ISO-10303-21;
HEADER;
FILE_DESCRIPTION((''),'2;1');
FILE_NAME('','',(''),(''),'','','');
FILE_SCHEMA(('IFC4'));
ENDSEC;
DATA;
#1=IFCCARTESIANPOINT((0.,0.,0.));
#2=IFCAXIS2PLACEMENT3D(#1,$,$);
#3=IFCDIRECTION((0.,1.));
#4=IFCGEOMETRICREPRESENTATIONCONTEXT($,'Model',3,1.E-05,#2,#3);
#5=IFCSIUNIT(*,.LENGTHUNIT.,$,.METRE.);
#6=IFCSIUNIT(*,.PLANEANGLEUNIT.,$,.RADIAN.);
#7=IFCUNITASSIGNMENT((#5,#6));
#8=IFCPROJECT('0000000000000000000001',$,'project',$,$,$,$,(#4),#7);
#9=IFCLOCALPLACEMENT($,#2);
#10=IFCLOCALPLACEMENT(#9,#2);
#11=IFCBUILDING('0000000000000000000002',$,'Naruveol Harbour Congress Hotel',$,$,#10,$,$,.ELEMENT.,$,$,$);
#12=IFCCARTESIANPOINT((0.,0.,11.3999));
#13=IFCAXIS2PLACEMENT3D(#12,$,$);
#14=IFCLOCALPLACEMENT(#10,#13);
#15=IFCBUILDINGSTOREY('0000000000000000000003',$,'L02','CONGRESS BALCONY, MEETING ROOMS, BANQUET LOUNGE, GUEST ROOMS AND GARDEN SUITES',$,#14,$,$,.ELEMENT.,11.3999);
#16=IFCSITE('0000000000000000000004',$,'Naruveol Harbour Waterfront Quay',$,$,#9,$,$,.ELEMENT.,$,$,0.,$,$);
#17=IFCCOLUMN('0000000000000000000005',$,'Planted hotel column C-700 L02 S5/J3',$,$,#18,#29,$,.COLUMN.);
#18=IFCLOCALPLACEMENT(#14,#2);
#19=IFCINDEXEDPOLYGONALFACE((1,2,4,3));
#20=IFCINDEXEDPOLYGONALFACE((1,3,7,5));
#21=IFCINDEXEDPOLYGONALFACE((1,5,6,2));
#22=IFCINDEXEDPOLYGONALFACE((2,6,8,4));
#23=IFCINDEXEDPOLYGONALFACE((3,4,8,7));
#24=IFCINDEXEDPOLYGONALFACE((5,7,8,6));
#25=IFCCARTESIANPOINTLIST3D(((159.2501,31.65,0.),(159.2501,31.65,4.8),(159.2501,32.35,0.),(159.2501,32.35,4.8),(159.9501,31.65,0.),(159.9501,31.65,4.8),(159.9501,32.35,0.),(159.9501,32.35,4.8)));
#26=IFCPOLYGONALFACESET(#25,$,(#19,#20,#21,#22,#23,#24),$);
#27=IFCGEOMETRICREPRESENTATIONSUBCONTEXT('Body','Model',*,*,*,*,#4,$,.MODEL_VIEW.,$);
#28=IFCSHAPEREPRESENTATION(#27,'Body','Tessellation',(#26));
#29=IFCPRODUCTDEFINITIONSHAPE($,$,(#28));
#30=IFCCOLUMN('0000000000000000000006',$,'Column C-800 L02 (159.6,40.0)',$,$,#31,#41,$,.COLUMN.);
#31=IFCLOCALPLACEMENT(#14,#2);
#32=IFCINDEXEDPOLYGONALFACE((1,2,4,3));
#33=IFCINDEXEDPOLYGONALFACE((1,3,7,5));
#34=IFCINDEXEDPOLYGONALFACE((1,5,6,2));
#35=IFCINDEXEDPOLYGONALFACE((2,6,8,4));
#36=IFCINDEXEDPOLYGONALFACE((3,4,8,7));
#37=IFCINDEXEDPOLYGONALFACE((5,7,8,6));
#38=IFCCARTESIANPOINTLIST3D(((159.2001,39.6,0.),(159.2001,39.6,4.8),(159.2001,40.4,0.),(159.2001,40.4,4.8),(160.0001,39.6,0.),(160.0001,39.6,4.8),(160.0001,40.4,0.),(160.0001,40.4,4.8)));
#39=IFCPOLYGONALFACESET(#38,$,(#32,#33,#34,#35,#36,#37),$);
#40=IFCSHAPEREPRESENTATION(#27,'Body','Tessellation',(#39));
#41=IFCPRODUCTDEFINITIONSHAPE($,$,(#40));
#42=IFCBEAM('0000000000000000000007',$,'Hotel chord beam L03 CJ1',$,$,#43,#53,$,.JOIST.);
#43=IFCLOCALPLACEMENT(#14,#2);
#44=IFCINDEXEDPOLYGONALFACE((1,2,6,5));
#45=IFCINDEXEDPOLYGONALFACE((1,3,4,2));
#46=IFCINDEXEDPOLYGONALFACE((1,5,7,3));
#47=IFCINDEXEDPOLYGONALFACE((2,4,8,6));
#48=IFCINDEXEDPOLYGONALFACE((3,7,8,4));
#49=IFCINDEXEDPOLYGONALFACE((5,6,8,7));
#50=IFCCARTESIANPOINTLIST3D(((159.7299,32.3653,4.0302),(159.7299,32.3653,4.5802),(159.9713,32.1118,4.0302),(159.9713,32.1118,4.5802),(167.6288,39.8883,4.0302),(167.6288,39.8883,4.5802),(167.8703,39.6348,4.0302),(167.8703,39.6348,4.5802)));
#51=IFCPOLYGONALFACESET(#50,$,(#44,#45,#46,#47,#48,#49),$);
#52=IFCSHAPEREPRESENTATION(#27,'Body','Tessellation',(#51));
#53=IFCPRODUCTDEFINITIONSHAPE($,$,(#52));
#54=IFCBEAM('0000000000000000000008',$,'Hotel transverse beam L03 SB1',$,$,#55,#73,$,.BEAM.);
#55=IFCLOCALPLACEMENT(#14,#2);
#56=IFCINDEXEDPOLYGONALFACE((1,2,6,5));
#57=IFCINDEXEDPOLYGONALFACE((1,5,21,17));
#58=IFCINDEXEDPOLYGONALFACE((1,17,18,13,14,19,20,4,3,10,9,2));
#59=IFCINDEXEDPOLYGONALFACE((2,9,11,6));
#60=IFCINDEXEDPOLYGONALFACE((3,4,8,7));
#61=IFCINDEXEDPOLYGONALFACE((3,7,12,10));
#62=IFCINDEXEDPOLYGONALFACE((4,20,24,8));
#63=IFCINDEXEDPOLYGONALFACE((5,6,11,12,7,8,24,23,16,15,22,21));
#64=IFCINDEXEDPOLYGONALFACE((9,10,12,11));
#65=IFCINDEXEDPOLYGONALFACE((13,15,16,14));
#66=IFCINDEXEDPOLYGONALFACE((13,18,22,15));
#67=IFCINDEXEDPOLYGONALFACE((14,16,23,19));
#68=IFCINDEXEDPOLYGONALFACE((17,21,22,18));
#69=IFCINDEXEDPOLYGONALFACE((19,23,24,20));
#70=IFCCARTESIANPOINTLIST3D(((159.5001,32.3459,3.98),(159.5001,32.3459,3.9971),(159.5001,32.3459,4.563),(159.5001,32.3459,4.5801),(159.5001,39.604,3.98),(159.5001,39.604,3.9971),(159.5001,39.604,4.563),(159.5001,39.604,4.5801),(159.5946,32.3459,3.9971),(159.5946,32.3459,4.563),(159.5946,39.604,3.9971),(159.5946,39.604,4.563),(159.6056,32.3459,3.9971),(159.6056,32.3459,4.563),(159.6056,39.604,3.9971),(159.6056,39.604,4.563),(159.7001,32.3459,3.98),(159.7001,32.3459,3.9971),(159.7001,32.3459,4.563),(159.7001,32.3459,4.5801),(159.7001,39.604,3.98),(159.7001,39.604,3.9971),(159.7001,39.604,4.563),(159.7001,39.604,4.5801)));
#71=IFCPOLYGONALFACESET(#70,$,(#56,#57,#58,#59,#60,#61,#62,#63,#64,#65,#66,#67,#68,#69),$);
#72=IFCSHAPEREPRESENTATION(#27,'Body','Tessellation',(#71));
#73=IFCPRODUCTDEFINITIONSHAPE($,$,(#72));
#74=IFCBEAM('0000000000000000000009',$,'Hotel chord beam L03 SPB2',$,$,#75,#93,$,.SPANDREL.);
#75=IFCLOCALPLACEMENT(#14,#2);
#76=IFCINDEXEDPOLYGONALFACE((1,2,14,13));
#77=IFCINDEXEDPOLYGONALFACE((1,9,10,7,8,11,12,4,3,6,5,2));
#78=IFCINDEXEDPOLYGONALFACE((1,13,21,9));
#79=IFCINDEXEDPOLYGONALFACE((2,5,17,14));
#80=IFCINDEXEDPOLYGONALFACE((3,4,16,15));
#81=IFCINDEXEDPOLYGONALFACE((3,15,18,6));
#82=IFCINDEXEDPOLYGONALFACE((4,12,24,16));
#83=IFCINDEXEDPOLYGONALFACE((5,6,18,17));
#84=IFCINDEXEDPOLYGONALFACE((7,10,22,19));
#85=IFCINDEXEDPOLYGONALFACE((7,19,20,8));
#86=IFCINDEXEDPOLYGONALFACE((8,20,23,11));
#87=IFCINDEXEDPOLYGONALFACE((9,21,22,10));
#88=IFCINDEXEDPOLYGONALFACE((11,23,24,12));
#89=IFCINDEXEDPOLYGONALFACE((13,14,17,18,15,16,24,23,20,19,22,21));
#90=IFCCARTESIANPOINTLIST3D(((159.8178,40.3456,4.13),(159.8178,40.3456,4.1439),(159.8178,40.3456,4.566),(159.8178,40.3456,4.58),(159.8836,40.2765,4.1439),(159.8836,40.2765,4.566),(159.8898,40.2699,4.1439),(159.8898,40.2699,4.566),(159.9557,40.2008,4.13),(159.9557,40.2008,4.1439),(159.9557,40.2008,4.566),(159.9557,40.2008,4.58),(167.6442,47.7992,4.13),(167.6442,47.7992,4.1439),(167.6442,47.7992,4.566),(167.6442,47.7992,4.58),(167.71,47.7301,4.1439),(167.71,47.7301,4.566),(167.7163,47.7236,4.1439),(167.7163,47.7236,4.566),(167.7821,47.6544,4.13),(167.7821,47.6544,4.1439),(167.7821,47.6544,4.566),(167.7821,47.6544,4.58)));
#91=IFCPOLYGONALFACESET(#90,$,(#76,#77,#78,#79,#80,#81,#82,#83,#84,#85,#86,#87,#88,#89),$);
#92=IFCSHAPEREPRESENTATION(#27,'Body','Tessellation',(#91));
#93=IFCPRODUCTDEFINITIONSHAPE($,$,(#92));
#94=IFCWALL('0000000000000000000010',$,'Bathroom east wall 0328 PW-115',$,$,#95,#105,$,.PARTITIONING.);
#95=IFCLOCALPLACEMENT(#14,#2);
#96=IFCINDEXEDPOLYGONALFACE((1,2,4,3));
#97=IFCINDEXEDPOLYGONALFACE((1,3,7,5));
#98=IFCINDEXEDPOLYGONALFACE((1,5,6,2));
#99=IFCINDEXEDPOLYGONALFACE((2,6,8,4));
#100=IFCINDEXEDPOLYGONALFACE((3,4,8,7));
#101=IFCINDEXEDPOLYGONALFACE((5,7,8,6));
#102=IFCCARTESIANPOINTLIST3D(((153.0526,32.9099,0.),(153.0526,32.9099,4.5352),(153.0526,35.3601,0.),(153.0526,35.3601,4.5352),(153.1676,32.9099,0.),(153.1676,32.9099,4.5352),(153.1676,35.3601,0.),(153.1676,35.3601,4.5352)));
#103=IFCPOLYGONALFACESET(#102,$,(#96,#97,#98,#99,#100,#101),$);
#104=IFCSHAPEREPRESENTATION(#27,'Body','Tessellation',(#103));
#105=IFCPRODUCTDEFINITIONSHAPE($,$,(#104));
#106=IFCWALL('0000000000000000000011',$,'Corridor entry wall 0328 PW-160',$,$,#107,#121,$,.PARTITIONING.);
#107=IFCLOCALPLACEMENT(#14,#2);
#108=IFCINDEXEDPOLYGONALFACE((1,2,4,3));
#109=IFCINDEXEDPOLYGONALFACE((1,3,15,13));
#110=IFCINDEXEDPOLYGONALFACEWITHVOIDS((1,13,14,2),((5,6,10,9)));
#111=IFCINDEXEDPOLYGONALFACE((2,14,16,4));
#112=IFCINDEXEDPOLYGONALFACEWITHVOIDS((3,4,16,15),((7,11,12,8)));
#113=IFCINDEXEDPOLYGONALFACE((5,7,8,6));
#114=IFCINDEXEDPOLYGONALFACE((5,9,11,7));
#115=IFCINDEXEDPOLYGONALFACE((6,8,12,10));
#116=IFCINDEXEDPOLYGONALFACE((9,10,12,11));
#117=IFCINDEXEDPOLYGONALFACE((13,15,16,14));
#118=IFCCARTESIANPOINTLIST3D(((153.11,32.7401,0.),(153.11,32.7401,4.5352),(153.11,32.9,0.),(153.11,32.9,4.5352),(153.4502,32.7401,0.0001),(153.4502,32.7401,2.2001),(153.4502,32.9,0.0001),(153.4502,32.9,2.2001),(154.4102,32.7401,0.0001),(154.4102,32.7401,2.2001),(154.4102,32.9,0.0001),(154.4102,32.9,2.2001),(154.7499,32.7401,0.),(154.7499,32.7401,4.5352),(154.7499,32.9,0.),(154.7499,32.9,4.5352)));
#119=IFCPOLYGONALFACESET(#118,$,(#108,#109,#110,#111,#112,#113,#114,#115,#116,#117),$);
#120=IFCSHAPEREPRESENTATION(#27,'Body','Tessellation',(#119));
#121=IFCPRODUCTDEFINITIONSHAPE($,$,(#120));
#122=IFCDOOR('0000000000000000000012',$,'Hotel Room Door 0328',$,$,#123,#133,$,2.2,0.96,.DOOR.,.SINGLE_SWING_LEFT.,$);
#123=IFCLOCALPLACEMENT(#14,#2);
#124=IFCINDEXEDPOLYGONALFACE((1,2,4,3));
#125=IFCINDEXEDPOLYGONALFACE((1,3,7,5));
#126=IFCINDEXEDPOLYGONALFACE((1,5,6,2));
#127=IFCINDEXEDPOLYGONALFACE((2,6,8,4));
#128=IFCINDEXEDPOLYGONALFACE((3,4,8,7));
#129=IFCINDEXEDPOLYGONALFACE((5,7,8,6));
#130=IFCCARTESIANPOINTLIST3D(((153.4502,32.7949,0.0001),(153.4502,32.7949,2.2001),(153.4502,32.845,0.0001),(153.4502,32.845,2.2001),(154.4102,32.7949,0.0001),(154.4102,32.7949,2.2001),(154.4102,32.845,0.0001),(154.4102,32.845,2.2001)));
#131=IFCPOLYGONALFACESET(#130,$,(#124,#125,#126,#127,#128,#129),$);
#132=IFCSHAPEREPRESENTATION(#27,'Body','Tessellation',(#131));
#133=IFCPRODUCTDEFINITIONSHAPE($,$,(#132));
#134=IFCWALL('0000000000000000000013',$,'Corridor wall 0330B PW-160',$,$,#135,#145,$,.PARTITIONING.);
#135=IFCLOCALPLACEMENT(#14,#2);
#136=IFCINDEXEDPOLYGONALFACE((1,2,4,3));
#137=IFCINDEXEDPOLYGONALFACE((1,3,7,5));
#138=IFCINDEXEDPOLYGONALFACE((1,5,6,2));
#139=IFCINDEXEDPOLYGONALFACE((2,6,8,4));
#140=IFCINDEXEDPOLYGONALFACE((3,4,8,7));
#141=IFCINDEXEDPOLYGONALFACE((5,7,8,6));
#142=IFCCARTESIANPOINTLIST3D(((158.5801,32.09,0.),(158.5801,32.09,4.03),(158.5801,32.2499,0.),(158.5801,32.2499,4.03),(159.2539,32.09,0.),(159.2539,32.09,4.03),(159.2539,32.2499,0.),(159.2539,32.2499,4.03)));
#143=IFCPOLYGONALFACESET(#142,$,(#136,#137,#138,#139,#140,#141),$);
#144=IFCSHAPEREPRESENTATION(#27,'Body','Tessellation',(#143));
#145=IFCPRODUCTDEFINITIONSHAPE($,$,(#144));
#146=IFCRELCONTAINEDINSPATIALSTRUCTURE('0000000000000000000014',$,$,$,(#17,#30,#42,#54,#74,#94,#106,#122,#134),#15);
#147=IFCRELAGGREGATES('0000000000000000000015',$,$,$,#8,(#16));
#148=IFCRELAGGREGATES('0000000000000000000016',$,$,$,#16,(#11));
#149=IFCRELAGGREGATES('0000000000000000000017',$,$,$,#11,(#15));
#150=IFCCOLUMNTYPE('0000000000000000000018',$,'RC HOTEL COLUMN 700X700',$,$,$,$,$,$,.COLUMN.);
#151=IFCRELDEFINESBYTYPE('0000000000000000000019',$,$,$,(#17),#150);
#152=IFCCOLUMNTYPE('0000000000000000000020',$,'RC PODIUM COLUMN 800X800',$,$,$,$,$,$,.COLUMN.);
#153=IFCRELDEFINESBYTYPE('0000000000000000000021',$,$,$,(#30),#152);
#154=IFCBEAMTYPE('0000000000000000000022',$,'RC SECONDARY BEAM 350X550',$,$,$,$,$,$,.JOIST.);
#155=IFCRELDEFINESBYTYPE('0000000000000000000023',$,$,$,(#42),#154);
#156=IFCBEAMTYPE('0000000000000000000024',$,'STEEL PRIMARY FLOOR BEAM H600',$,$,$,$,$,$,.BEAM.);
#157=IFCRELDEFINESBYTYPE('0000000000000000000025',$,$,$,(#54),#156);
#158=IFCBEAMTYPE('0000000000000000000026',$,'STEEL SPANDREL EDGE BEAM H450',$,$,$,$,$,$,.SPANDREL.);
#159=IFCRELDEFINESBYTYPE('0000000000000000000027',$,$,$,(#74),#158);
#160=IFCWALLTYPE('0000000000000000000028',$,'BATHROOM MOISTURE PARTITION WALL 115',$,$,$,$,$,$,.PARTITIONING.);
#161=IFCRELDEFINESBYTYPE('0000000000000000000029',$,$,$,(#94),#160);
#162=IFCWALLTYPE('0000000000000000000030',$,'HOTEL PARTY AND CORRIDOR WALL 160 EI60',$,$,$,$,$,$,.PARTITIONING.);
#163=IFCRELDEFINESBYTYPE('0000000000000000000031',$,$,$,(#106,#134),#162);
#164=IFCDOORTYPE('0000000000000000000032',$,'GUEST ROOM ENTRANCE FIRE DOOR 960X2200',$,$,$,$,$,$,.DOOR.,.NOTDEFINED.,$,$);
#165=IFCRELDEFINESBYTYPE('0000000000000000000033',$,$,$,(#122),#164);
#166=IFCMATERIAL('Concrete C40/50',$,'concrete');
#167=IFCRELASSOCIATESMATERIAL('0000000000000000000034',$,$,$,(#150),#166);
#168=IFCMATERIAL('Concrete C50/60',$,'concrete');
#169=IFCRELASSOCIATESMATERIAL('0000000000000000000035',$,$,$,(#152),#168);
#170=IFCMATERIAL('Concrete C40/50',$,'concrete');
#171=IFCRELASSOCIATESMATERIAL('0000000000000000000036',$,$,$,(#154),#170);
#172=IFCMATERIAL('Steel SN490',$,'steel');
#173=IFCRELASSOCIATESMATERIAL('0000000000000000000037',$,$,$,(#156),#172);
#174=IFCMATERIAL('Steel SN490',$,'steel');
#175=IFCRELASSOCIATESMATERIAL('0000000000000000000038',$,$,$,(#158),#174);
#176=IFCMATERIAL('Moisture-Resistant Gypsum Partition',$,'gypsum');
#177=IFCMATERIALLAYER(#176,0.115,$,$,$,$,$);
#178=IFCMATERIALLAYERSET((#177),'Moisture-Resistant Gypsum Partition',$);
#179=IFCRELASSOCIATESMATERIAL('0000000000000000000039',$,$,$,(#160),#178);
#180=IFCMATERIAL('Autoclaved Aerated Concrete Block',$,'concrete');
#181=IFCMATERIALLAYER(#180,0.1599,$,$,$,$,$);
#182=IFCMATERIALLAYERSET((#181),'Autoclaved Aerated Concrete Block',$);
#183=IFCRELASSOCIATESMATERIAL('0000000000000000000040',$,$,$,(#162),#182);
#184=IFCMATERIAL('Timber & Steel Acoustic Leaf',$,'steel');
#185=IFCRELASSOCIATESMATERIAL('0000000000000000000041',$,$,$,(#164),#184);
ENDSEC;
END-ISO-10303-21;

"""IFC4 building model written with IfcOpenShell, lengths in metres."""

from ifc_helpers import new_model, si_unit, direction, frame, frame_2d, origin, origin_2d, place, context, subcontext, project, spatial, rectangle, i_section, extrude, material, layer, layer_set, material_profile, profile_set, type_object, element, fill, save


model = new_model("IFC4")

# Units and contexts
model_context = context("Model", 3, precision=1e-05, world=origin(), true_north=direction((0.0, 1.0)))
body_context = subcontext(model_context, "Body", "Model", "MODEL_VIEW")
ifc_project = project(units=[si_unit("LENGTHUNIT", "METRE"), si_unit("PLANEANGLEUNIT", "RADIAN")], contexts=[model_context])

# Site, building, storey
site_placement = place(None, origin())
site = spatial("IfcSite", under=ifc_project, at=site_placement, Name="Naruveol Harbour Waterfront Quay", CompositionType="ELEMENT", RefElevation=0.0)
building_placement = place(site_placement, origin())
building = spatial("IfcBuilding", under=site, at=building_placement, Name="Naruveol Harbour Congress Hotel", CompositionType="ELEMENT")
storey_placement = place(building_placement, frame((0.0, 0.0, 11.3999)))
storey = spatial("IfcBuildingStorey", under=building, at=storey_placement, Name="L02", Description="CONGRESS BALCONY, MEETING ROOMS, BANQUET LOUNGE, GUEST ROOMS AND GARDEN SUITES", CompositionType="ELEMENT", Elevation=11.3999)

# Columns
ifc_material_1 = material(Name="Concrete C40/50", Category="concrete")
ifc_material_profile_1 = material_profile(ifc_material_1, rectangle(XDim=0.7, YDim=0.7, at=origin_2d()), Name="RC-700x700")
ifc_profile_set_1 = profile_set([ifc_material_profile_1], Name="Concrete C40/50")
column_type_1 = type_object("IfcColumnType", Name="RC HOTEL COLUMN 700X700", PredefinedType="COLUMN", material=ifc_profile_set_1)
column_1_placement = place(storey_placement, frame((159.6001, 32.0, 0.0), z_axis=(0.0, 0.0, 1.0), x_axis=(1.0, 0.0, 0.0)))
element("IfcColumn", 1, at=column_1_placement, inside=storey, type_object=column_type_1, Name="Planted hotel column C-700 L02 S5/J3", PredefinedType="COLUMN", context=body_context, shape_type="SweptSolid", body=[
    extrude(rectangle(XDim=0.7, YDim=0.7, at=origin_2d()), origin(), (0.0, 0.0, 1.0), 4.8),
])
ifc_material_2 = material(Name="Concrete C50/60", Category="concrete")
ifc_material_profile_2 = material_profile(ifc_material_2, rectangle(XDim=0.8, YDim=0.8, at=origin_2d()), Name="RC-800x800")
ifc_profile_set_2 = profile_set([ifc_material_profile_2], Name="Concrete C50/60")
column_type_2 = type_object("IfcColumnType", Name="RC PODIUM COLUMN 800X800", PredefinedType="COLUMN", material=ifc_profile_set_2)
column_2_placement = place(storey_placement, frame((159.6001, 40.0, 0.0), z_axis=(0.0, 0.0, 1.0), x_axis=(1.0, 0.0, 0.0)))
element("IfcColumn", 2, at=column_2_placement, inside=storey, type_object=column_type_2, Name="Column C-800 L02 (159.6,40.0)", PredefinedType="COLUMN", context=body_context, shape_type="SweptSolid", body=[
    extrude(rectangle(XDim=0.8, YDim=0.8, at=origin_2d()), origin(), (0.0, 0.0, 1.0), 4.8),
])

# Beams
ifc_material_3 = material(Name="Concrete C40/50", Category="concrete")
ifc_material_profile_3 = material_profile(ifc_material_3, rectangle(XDim=0.3501, YDim=0.55, at=origin_2d()), Name="RCB-350x550")
ifc_profile_set_3 = profile_set([ifc_material_profile_3], Name="Concrete C40/50")
beam_type_1 = type_object("IfcBeamType", Name="RC SECONDARY BEAM 350X550", PredefinedType="JOIST", material=ifc_profile_set_3)
beam_1_placement = place(storey_placement, frame((159.8506, 32.2385, 4.3052), z_axis=(0.72413, 0.689663, 0.0), x_axis=(-0.689663, 0.72413, 0.0)))
element("IfcBeam", 3, at=beam_1_placement, inside=storey, type_object=beam_type_1, Name="Hotel chord beam L03 CJ1", PredefinedType="JOIST", context=body_context, shape_type="SweptSolid", body=[
    extrude(rectangle(XDim=0.3501, YDim=0.55, at=origin_2d()), origin(), (0.0, 0.0, 1.0), 10.9082),
])
ifc_material_4 = material(Name="Steel SN490", Category="steel")
ifc_material_profile_4 = material_profile(ifc_material_4, i_section(OverallWidth=0.2, OverallDepth=0.6001, WebThickness=0.011, FlangeThickness=0.0171, at=origin_2d()), Name="H-600x200x11x17")
ifc_profile_set_4 = profile_set([ifc_material_profile_4], Name="Steel SN490")
beam_type_2 = type_object("IfcBeamType", Name="STEEL PRIMARY FLOOR BEAM H600", PredefinedType="BEAM", material=ifc_profile_set_4)
beam_2_placement = place(storey_placement, frame((159.6001, 32.3459, 4.28), z_axis=(0.0, 1.0, 0.0), x_axis=(-1.0, 0.0, 0.0)))
element("IfcBeam", 4, at=beam_2_placement, inside=storey, type_object=beam_type_2, Name="Hotel transverse beam L03 SB1", PredefinedType="BEAM", context=body_context, shape_type="SweptSolid", body=[
    extrude(i_section(OverallWidth=0.2, OverallDepth=0.6001, WebThickness=0.011, FlangeThickness=0.0171, at=origin_2d()), origin(), (0.0, 0.0, 1.0), 7.2581),
])
ifc_material_5 = material(Name="Steel SN490", Category="steel")
ifc_material_profile_5 = material_profile(ifc_material_5, i_section(OverallWidth=0.2, OverallDepth=0.45, WebThickness=0.009, FlangeThickness=0.0139, at=origin_2d()), Name="H-450x200x9x14")
ifc_profile_set_5 = profile_set([ifc_material_profile_5], Name="Steel SN490")
beam_type_3 = type_object("IfcBeamType", Name="STEEL SPANDREL EDGE BEAM H450", PredefinedType="SPANDREL", material=ifc_profile_set_5)
beam_3_placement = place(storey_placement, frame((159.8867, 40.2732, 4.355), z_axis=(0.724143, 0.68965, 0.0), x_axis=(-0.68965, 0.724143, 0.0)))
element("IfcBeam", 5, at=beam_3_placement, inside=storey, type_object=beam_type_3, Name="Hotel chord beam L03 SPB2", PredefinedType="SPANDREL", context=body_context, shape_type="SweptSolid", body=[
    extrude(i_section(OverallWidth=0.2, OverallDepth=0.45, WebThickness=0.009, FlangeThickness=0.0139, at=origin_2d()), origin(), (0.0, 0.0, 1.0), 10.8079),
])

# Wall
ifc_material_6 = material(Name="Moisture-Resistant Gypsum Partition", Category="gypsum")
ifc_layer_1 = layer(ifc_material_6, 0.115)
ifc_layer_set_1 = layer_set([ifc_layer_1], Name="Moisture-Resistant Gypsum Partition")
wall_type_1 = type_object("IfcWallType", Name="BATHROOM MOISTURE PARTITION WALL 115", PredefinedType="PARTITIONING", material=ifc_layer_set_1)
wall_1_placement = place(storey_placement, frame((153.1101, 32.9099, 0.0), z_axis=(0.0, 0.0, 1.0), x_axis=(0.0, 1.0, 0.0)))
element("IfcWall", 6, at=wall_1_placement, inside=storey, type_object=wall_type_1, Name="Bathroom east wall 0328 PW-115", PredefinedType="PARTITIONING", context=body_context, shape_type="SweptSolid", body=[
    extrude(rectangle(XDim=2.4502, YDim=0.115, at=frame_2d((1.2251, 0.0))), origin(), (0.0, 0.0, 1.0), 4.5352),
])

# Wall, opening, door
ifc_material_7 = material(Name="Autoclaved Aerated Concrete Block", Category="concrete")
ifc_layer_2 = layer(ifc_material_7, 0.1599)
ifc_layer_set_2 = layer_set([ifc_layer_2], Name="Autoclaved Aerated Concrete Block")
wall_type_2 = type_object("IfcWallType", Name="HOTEL PARTY AND CORRIDOR WALL 160 EI60", PredefinedType="PARTITIONING", material=ifc_layer_set_2)
wall_2_placement = place(storey_placement, frame((153.1101, 32.8201, 0.0), z_axis=(0.0, 0.0, 1.0), x_axis=(1.0, 0.0, 0.0)))
wall_2 = element("IfcWall", 7, at=wall_2_placement, inside=storey, type_object=wall_type_2, Name="Corridor entry wall 0328 PW-160", PredefinedType="PARTITIONING", context=body_context, shape_type="SweptSolid", body=[
    extrude(rectangle(XDim=1.6399, YDim=0.1599, at=frame_2d((0.8198, 0.0))), origin(), (0.0, 0.0, 1.0), 4.5352),
])
opening_1_placement = place(wall_2_placement, frame((0.3401, 0.0, 0.0)))
opening_1 = element("IfcOpeningElement", 8, at=opening_1_placement, cuts=wall_2, PredefinedType="OPENING", context=body_context, shape_type="SweptSolid", body=[
    extrude(rectangle(XDim=0.96, YDim=2.2, at=frame_2d((0.48, 1.1001))), frame((0.0, 0.0898, 0.0), z_axis=(0.0, -1.0, 0.0), x_axis=(1.0, 0.0, 0.0)), (0.0, 0.0, 1.0), 0.1799),
])
ifc_material_8 = material(Name="Timber & Steel Acoustic Leaf", Category="steel")
door_type_1 = type_object("IfcDoorType", Name="GUEST ROOM ENTRANCE FIRE DOOR 960X2200", OperationType="NOTDEFINED", PredefinedType="DOOR", material=ifc_material_8)
door_1_placement = place(opening_1_placement, origin())
door_1 = element("IfcDoor", 9, at=door_1_placement, inside=storey, type_object=door_type_1, Name="Hotel Room Door 0328", OperationType="SINGLE_SWING_LEFT", OverallHeight=2.2, OverallWidth=0.96, PredefinedType="DOOR", context=body_context, shape_type="SweptSolid", body=[
    extrude(rectangle(XDim=0.96, YDim=2.2, at=frame_2d((0.48, 1.1001))), frame((0.0, 0.0249, 0.0), z_axis=(0.0, -1.0, 0.0), x_axis=(1.0, 0.0, 0.0)), (0.0, 0.0, 1.0), 0.05),
])
fill(opening_1, door_1)

# Wall
wall_3_placement = place(storey_placement, frame((158.5801, 32.1699, 0.0), z_axis=(0.0, 0.0, 1.0), x_axis=(1.0, 0.0, 0.0)))
element("IfcWall", 10, at=wall_3_placement, inside=storey, type_object=wall_type_2, Name="Corridor wall 0330B PW-160", PredefinedType="PARTITIONING", context=body_context, shape_type="SweptSolid", body=[
    extrude(rectangle(XDim=0.6738, YDim=0.1599, at=frame_2d((0.3369, 0.0))), origin(), (0.0, 0.0, 1.0), 4.03),
])

save(model, "model.ifc")
